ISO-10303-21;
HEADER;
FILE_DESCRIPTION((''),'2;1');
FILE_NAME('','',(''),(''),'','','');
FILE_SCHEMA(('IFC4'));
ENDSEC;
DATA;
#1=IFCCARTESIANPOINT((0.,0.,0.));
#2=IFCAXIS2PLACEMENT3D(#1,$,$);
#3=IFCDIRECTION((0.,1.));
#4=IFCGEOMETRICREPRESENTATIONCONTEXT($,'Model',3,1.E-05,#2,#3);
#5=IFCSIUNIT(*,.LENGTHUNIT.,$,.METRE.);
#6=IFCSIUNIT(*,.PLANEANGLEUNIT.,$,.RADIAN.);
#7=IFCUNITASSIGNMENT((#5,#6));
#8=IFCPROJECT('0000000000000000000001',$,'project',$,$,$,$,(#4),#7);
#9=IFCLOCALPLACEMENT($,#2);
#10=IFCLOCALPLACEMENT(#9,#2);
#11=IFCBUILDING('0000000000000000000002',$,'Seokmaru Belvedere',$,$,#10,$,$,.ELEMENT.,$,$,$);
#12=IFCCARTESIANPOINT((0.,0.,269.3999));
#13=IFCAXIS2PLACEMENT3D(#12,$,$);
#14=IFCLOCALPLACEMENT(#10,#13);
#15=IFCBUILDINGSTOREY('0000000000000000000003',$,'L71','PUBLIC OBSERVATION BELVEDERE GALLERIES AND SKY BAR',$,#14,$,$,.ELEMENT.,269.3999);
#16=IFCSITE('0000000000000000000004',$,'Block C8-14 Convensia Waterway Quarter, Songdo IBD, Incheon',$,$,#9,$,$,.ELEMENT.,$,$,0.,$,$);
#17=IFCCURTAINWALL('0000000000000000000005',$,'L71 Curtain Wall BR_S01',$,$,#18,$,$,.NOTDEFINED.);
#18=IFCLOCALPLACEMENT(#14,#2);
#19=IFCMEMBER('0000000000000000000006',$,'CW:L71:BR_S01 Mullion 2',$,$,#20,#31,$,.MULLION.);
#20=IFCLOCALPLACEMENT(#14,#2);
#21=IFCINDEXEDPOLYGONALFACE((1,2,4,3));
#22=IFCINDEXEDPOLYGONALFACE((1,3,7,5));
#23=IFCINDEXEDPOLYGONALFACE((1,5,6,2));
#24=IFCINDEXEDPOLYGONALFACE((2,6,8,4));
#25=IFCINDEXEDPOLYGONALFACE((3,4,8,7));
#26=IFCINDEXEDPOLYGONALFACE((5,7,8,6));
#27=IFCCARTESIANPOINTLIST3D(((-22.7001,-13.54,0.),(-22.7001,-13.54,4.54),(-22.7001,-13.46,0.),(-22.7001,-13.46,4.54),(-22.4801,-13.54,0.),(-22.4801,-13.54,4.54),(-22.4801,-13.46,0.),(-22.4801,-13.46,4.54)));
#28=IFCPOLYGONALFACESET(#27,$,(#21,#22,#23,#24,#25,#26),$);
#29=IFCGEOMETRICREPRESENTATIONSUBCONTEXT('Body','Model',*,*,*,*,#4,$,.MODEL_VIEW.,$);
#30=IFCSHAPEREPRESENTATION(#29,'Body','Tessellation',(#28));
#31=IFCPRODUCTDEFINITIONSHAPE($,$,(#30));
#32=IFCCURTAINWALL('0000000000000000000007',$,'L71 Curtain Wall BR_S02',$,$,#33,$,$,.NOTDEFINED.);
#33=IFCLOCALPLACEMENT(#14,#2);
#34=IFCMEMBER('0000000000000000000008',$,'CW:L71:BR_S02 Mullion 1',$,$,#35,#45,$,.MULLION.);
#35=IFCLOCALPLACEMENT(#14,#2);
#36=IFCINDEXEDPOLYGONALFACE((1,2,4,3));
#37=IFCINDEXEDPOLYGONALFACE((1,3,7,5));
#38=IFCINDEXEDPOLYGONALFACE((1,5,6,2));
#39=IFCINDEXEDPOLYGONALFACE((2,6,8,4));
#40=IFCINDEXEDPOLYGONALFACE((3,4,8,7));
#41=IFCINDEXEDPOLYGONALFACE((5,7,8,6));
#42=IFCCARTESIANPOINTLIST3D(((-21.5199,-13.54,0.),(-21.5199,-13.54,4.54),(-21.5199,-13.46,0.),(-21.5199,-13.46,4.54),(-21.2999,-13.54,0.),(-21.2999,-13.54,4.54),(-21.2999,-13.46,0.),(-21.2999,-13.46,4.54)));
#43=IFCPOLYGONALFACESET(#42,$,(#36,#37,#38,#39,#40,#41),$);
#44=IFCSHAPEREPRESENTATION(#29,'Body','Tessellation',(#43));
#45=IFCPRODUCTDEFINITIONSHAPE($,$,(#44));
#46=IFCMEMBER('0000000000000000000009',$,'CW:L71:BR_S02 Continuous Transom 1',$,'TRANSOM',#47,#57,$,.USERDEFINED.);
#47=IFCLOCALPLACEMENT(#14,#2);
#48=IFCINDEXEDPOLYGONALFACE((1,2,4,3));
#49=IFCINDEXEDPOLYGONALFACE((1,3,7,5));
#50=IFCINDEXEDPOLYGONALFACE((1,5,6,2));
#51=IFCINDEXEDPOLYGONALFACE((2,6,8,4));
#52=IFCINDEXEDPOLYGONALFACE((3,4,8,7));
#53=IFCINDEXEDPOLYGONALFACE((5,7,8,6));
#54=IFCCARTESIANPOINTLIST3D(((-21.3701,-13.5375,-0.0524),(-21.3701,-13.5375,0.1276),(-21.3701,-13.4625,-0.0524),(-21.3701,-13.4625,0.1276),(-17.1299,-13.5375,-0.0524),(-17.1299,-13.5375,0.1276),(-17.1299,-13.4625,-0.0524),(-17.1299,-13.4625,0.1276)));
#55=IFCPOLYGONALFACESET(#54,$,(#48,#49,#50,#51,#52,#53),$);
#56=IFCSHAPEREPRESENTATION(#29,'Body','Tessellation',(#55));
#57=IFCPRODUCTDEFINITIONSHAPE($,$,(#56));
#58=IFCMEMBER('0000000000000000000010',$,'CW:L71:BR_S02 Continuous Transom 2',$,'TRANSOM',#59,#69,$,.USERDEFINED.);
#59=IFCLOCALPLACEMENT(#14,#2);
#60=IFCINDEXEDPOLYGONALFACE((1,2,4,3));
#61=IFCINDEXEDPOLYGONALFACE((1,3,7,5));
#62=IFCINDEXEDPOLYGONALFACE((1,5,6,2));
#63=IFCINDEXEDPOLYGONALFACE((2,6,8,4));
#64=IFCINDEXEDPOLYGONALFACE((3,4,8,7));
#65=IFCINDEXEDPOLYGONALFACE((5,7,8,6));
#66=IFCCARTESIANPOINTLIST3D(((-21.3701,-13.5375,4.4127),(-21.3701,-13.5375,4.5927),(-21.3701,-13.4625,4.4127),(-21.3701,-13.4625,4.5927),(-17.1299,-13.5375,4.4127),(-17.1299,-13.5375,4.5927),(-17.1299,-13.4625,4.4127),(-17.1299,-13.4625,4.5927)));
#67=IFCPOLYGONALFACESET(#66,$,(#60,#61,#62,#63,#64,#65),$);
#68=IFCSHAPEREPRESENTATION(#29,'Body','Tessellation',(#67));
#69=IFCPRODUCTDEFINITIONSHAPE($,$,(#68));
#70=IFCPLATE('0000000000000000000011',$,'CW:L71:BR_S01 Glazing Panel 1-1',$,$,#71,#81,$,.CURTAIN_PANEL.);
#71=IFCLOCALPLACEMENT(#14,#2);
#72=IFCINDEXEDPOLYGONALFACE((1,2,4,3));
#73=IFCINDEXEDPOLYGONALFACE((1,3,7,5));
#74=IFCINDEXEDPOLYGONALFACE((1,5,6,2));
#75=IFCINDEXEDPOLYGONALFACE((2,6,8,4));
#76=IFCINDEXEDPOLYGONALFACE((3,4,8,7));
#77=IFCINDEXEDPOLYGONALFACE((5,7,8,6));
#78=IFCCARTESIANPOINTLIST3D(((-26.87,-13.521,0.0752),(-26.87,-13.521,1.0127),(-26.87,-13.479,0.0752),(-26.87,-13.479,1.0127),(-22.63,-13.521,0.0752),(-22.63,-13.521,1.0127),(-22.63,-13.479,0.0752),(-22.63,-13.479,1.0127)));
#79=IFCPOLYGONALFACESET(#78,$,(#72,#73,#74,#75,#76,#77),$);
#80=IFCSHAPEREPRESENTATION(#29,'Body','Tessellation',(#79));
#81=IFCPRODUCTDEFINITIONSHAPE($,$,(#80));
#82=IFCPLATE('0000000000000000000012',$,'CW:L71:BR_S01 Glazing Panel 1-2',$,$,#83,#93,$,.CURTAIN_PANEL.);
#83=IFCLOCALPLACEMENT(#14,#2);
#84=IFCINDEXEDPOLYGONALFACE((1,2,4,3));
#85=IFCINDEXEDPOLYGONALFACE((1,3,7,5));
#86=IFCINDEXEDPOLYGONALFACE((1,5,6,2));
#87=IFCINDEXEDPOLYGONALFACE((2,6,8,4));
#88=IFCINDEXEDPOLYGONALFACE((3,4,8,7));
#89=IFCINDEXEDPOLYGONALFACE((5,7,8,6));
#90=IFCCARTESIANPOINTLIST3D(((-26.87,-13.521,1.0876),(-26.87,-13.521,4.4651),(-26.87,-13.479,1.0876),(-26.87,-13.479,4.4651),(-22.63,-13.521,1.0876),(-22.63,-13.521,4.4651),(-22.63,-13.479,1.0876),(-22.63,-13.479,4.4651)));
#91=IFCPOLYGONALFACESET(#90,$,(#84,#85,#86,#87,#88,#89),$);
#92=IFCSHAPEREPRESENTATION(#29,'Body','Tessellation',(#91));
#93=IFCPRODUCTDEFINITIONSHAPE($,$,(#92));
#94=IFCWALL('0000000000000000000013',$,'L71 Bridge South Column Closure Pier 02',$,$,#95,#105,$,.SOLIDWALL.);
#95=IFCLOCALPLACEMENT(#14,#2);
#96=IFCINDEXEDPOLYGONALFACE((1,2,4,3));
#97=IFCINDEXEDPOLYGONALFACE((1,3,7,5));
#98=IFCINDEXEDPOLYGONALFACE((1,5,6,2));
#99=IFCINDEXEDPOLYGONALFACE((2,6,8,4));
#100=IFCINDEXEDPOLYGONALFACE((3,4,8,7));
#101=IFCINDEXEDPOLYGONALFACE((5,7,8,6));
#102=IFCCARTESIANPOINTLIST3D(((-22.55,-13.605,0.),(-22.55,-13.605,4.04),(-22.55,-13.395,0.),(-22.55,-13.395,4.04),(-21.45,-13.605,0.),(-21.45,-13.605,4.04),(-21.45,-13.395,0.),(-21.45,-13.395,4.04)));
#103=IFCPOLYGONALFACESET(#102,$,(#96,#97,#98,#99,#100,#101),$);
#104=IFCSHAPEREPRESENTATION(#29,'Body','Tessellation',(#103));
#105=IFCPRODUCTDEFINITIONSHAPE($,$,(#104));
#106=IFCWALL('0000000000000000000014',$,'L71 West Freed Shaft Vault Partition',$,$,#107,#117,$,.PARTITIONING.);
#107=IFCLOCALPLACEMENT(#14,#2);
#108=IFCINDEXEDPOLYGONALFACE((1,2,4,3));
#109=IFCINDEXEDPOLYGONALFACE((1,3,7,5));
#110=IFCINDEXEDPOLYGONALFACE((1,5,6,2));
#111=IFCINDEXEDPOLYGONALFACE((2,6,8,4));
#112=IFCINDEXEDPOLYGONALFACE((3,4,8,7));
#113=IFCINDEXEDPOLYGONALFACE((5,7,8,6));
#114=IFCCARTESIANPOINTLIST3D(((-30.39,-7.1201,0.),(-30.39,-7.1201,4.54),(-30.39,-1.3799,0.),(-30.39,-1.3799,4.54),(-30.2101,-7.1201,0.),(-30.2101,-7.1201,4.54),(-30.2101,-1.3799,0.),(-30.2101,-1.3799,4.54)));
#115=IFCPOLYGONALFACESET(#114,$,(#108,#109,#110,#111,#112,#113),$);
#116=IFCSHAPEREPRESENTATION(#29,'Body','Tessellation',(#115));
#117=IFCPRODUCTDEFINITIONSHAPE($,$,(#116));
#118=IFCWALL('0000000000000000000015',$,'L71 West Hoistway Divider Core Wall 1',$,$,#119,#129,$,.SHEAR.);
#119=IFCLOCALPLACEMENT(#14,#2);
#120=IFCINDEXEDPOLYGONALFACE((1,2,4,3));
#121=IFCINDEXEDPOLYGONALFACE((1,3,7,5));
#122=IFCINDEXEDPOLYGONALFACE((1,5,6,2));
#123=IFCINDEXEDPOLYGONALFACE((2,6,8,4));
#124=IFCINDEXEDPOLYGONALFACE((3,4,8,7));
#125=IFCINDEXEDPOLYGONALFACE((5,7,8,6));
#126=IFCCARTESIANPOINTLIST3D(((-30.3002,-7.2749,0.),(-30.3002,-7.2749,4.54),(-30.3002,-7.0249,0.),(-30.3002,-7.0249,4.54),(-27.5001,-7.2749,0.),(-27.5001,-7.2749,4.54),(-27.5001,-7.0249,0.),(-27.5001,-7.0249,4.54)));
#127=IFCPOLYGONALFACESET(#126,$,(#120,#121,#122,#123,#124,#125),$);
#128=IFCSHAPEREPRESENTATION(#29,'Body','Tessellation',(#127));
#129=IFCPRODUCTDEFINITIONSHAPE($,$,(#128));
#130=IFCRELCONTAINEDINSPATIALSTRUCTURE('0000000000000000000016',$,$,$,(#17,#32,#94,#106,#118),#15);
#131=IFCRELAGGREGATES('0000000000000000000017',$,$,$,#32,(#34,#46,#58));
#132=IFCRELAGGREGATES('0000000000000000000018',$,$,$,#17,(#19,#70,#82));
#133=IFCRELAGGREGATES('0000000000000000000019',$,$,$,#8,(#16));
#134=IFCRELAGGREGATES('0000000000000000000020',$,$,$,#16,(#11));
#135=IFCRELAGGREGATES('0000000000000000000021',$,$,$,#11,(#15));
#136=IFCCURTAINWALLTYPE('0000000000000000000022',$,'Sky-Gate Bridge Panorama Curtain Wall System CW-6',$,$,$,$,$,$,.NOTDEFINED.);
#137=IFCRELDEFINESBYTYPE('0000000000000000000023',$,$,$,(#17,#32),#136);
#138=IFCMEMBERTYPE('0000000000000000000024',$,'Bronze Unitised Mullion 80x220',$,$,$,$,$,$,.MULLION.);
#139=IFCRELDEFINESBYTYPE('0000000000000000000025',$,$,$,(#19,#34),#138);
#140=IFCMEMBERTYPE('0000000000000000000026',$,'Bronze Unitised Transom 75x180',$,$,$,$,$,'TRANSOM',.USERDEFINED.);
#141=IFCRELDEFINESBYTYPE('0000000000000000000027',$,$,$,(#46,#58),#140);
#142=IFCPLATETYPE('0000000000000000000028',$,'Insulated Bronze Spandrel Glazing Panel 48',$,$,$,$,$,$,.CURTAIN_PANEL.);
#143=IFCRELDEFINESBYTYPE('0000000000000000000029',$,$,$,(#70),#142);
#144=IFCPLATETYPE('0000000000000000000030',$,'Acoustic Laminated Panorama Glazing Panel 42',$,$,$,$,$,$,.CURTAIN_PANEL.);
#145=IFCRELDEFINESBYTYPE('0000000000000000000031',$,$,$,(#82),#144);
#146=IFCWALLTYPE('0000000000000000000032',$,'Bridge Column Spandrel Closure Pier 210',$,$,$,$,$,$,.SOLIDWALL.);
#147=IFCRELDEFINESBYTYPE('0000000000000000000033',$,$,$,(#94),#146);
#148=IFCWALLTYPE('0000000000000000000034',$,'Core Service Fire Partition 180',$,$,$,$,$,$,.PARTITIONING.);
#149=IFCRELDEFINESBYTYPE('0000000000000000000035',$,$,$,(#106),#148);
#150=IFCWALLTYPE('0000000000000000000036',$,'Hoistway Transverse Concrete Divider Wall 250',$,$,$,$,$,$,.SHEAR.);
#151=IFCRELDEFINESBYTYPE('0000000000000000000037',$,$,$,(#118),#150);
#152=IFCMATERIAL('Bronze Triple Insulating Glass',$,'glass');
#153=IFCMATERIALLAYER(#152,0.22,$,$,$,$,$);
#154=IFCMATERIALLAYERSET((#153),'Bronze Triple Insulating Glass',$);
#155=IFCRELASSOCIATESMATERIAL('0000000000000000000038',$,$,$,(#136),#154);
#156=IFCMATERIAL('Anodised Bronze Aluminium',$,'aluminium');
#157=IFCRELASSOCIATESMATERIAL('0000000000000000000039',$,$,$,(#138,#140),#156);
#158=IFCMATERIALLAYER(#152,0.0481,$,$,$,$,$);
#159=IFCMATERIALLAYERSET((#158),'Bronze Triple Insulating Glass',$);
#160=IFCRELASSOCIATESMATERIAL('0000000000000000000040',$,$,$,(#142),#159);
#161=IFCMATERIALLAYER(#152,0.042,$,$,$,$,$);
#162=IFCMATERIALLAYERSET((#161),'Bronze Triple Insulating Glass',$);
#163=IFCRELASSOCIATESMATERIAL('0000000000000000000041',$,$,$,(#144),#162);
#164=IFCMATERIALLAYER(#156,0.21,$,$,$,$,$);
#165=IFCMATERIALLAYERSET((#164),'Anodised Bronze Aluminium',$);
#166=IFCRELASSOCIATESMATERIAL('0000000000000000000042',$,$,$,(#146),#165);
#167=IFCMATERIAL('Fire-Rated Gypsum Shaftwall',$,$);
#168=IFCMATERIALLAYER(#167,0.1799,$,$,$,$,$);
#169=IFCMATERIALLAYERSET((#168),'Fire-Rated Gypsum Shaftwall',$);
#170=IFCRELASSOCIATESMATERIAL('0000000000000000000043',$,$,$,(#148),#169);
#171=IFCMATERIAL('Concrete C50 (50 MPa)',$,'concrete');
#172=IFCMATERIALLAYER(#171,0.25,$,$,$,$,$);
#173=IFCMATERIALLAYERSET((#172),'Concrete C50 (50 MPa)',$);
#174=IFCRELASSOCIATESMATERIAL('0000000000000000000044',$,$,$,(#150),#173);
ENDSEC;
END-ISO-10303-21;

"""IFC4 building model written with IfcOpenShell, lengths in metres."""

from ifc_helpers import new_model, si_unit, direction, frame, frame_2d, origin, origin_2d, place, context, subcontext, project, spatial, rectangle, extrude, source, transform, mapped, material, layer, layer_set, material_profile, profile_set, type_object, type_shapes, element, aggregate, save


model = new_model("IFC4")

# Units and contexts
model_context = context("Model", 3, precision=1e-05, world=origin(), true_north=direction((0.0, 1.0)))
body_context = subcontext(model_context, "Body", "Model", "MODEL_VIEW")
ifc_project = project(units=[si_unit("LENGTHUNIT", "METRE"), si_unit("PLANEANGLEUNIT", "RADIAN")], contexts=[model_context])

# Site, building, storey
site_placement = place(None, origin())
site = spatial("IfcSite", under=ifc_project, at=site_placement, Name="Block C8-14 Convensia Waterway Quarter, Songdo IBD, Incheon", CompositionType="ELEMENT", RefElevation=0.0)
building_placement = place(site_placement, origin())
building = spatial("IfcBuilding", under=site, at=building_placement, Name="Seokmaru Belvedere", CompositionType="ELEMENT")
storey_placement = place(building_placement, frame((0.0, 0.0, 269.3999)))
storey = spatial("IfcBuildingStorey", under=building, at=storey_placement, Name="L71", Description="PUBLIC OBSERVATION BELVEDERE GALLERIES AND SKY BAR", CompositionType="ELEMENT", Elevation=269.3999)

# Curtain wall, member
ifc_material_1 = material(Name="Bronze Triple Insulating Glass", Category="glass")
ifc_layer_1 = layer(ifc_material_1, 0.22)
ifc_layer_set_1 = layer_set([ifc_layer_1], Name="Bronze Triple Insulating Glass")
curtain_wall_type = type_object("IfcCurtainWallType", Name="Sky-Gate Bridge Panorama Curtain Wall System CW-6", PredefinedType="NOTDEFINED", material=ifc_layer_set_1)
curtain_wall_1_placement = place(storey_placement, origin())
curtain_wall_1 = element("IfcCurtainWall", 1, at=curtain_wall_1_placement, inside=storey, type_object=curtain_wall_type, Name="L71 Curtain Wall BR_S01", PredefinedType="NOTDEFINED")
ifc_material_2 = material(Name="Anodised Bronze Aluminium", Category="aluminium")
ifc_material_profile_1 = material_profile(ifc_material_2, rectangle(XDim=0.0801, YDim=0.22, at=origin_2d()), Name="CW-M-80x220")
ifc_profile_set_1 = profile_set([ifc_material_profile_1], Name="Anodised Bronze Aluminium")
member_type_1 = type_object("IfcMemberType", Name="Bronze Unitised Mullion 80x220", PredefinedType="MULLION", material=ifc_profile_set_1)
shared_shape_1 = source(origin(), body_context, "Body", "SweptSolid", [
    extrude(rectangle(XDim=0.0801, YDim=0.22, at=origin_2d()), origin(), (0.0, 0.0, 1.0), 4.54),
])
type_shapes(member_type_1, [shared_shape_1])
member_1_placement = place(storey_placement, frame((-22.5901, -13.5, 0.0), z_axis=(0.0, 0.0, 1.0), x_axis=(0.0, 1.0, 0.0)))
member_1 = element("IfcMember", 2, at=member_1_placement, type_object=member_type_1, Name="CW:L71:BR_S01 Mullion 2", PredefinedType="MULLION", context=body_context, shape_type="MappedRepresentation", body=[
    mapped(shared_shape_1, transform((0.0, 0.0, 0.0), scale=1.0)),
])

# Curtain wall, members
curtain_wall_2_placement = place(storey_placement, origin())
curtain_wall_2 = element("IfcCurtainWall", 3, at=curtain_wall_2_placement, inside=storey, type_object=curtain_wall_type, Name="L71 Curtain Wall BR_S02", PredefinedType="NOTDEFINED")
member_2_placement = place(storey_placement, frame((-21.4099, -13.5, 0.0), z_axis=(0.0, 0.0, 1.0), x_axis=(0.0, 1.0, 0.0)))
member_2 = element("IfcMember", 4, at=member_2_placement, type_object=member_type_1, Name="CW:L71:BR_S02 Mullion 1", PredefinedType="MULLION", context=body_context, shape_type="MappedRepresentation", body=[
    mapped(shared_shape_1, transform((0.0, 0.0, 0.0), scale=1.0)),
])
ifc_material_profile_2 = material_profile(ifc_material_2, rectangle(XDim=0.075, YDim=0.1799, at=origin_2d()), Name="CW-T-75x180")
ifc_profile_set_2 = profile_set([ifc_material_profile_2], Name="Anodised Bronze Aluminium")
member_type_2 = type_object("IfcMemberType", Name="Bronze Unitised Transom 75x180", ElementType="TRANSOM", PredefinedType="USERDEFINED", material=ifc_profile_set_2)
shared_shape_2 = source(origin(), body_context, "Body", "SweptSolid", [
    extrude(rectangle(XDim=0.075, YDim=0.1799, at=origin_2d()), origin(), (0.0, 0.0, 1.0), 4.2402),
])
type_shapes(member_type_2, [shared_shape_2])
member_3_placement = place(storey_placement, frame((-21.3701, -13.5, 0.0376), z_axis=(1.0, 0.0, 0.0), x_axis=(0.0, 1.0, 0.0)))
member_3 = element("IfcMember", 5, at=member_3_placement, type_object=member_type_2, Name="CW:L71:BR_S02 Continuous Transom 1", ObjectType="TRANSOM", PredefinedType="USERDEFINED", context=body_context, shape_type="MappedRepresentation", body=[
    mapped(shared_shape_2, transform((0.0, 0.0, 0.0), scale=1.0)),
])
member_4_placement = place(storey_placement, frame((-21.3701, -13.5, 4.5027), z_axis=(1.0, 0.0, 0.0), x_axis=(0.0, 1.0, 0.0)))
member_4 = element("IfcMember", 6, at=member_4_placement, type_object=member_type_2, Name="CW:L71:BR_S02 Continuous Transom 2", ObjectType="TRANSOM", PredefinedType="USERDEFINED", context=body_context, shape_type="MappedRepresentation", body=[
    mapped(shared_shape_2, transform((0.0, 0.0, 0.0), scale=1.0)),
])
aggregate(curtain_wall_2, [member_2, member_3, member_4])

# Plates
ifc_layer_2 = layer(ifc_material_1, 0.0481)
ifc_layer_set_2 = layer_set([ifc_layer_2], Name="Bronze Triple Insulating Glass")
plate_type_1 = type_object("IfcPlateType", Name="Insulated Bronze Spandrel Glazing Panel 48", PredefinedType="CURTAIN_PANEL", material=ifc_layer_set_2)
shared_shape_3 = source(origin(), body_context, "Body", "SweptSolid", [
    extrude(rectangle(XDim=4.24, YDim=0.042, at=origin_2d()), origin(), (0.0, 0.0, 1.0), 0.9375),
])
type_shapes(plate_type_1, [shared_shape_3])
plate_1_placement = place(storey_placement, frame((-24.75, -13.5, 0.0752), z_axis=(0.0, 0.0, 1.0), x_axis=(1.0, 0.0, 0.0)))
plate_1 = element("IfcPlate", 7, at=plate_1_placement, type_object=plate_type_1, Name="CW:L71:BR_S01 Glazing Panel 1-1", PredefinedType="CURTAIN_PANEL", context=body_context, shape_type="MappedRepresentation", body=[
    mapped(shared_shape_3, transform((0.0, 0.0, 0.0), scale=1.0)),
])
ifc_layer_3 = layer(ifc_material_1, 0.042)
ifc_layer_set_3 = layer_set([ifc_layer_3], Name="Bronze Triple Insulating Glass")
plate_type_2 = type_object("IfcPlateType", Name="Acoustic Laminated Panorama Glazing Panel 42", PredefinedType="CURTAIN_PANEL", material=ifc_layer_set_3)
shared_shape_4 = source(origin(), body_context, "Body", "SweptSolid", [
    extrude(rectangle(XDim=4.24, YDim=0.042, at=origin_2d()), origin(), (0.0, 0.0, 1.0), 3.3774),
])
type_shapes(plate_type_2, [shared_shape_4])
plate_2_placement = place(storey_placement, frame((-24.75, -13.5, 1.0876), z_axis=(0.0, 0.0, 1.0), x_axis=(1.0, 0.0, 0.0)))
plate_2 = element("IfcPlate", 8, at=plate_2_placement, type_object=plate_type_2, Name="CW:L71:BR_S01 Glazing Panel 1-2", PredefinedType="CURTAIN_PANEL", context=body_context, shape_type="MappedRepresentation", body=[
    mapped(shared_shape_4, transform((0.0, 0.0, 0.0), scale=1.0)),
])
aggregate(curtain_wall_1, [member_1, plate_1, plate_2])

# Wall
ifc_layer_4 = layer(ifc_material_2, 0.21)
ifc_layer_set_4 = layer_set([ifc_layer_4], Name="Anodised Bronze Aluminium")
wall_type_1 = type_object("IfcWallType", Name="Bridge Column Spandrel Closure Pier 210", PredefinedType="SOLIDWALL", material=ifc_layer_set_4)
wall_1_placement = place(storey_placement, frame((-22.55, -13.5, 0.0), z_axis=(0.0, 0.0, 1.0), x_axis=(1.0, 0.0, 0.0)))
element("IfcWall", 9, at=wall_1_placement, inside=storey, type_object=wall_type_1, Name="L71 Bridge South Column Closure Pier 02", PredefinedType="SOLIDWALL", context=body_context, shape_type="SweptSolid", body=[
    extrude(rectangle(XDim=1.1001, YDim=0.21, at=frame_2d((0.55, 0.0))), origin(), (0.0, 0.0, 1.0), 4.04),
])

# Shared definitions
ifc_material_3 = material(Name="Fire-Rated Gypsum Shaftwall")
ifc_layer_5 = layer(ifc_material_3, 0.1799)
ifc_layer_set_5 = layer_set([ifc_layer_5], Name="Fire-Rated Gypsum Shaftwall")
wall_type_2 = type_object("IfcWallType", Name="Core Service Fire Partition 180", PredefinedType="PARTITIONING", material=ifc_layer_set_5)

# Walls
wall_2_placement = place(storey_placement, frame((-30.3, -7.1201, 0.0), z_axis=(0.0, 0.0, 1.0), x_axis=(0.0, 1.0, 0.0)))
element("IfcWall", 10, at=wall_2_placement, inside=storey, type_object=wall_type_2, Name="L71 West Freed Shaft Vault Partition", PredefinedType="PARTITIONING", context=body_context, shape_type="SweptSolid", body=[
    extrude(rectangle(XDim=5.7402, YDim=0.1799, at=frame_2d((2.8701, 0.0))), origin(), (0.0, 0.0, 1.0), 4.54),
])
ifc_material_4 = material(Name="Concrete C50 (50 MPa)", Category="concrete")
ifc_layer_6 = layer(ifc_material_4, 0.25)
ifc_layer_set_6 = layer_set([ifc_layer_6], Name="Concrete C50 (50 MPa)")
wall_type_3 = type_object("IfcWallType", Name="Hoistway Transverse Concrete Divider Wall 250", PredefinedType="SHEAR", material=ifc_layer_set_6)
wall_3_placement = place(storey_placement, frame((-30.3, -7.1499, 0.0), z_axis=(0.0, 0.0, 1.0), x_axis=(1.0, 0.0, 0.0)))
element("IfcWall", 11, at=wall_3_placement, inside=storey, type_object=wall_type_3, Name="L71 West Hoistway Divider Core Wall 1", PredefinedType="SHEAR", context=body_context, shape_type="SweptSolid", body=[
    extrude(rectangle(XDim=2.8, YDim=0.25, at=frame_2d((1.3999, 0.0))), origin(), (0.0, 0.0, 1.0), 4.54),
])

save(model, "model.ifc")
